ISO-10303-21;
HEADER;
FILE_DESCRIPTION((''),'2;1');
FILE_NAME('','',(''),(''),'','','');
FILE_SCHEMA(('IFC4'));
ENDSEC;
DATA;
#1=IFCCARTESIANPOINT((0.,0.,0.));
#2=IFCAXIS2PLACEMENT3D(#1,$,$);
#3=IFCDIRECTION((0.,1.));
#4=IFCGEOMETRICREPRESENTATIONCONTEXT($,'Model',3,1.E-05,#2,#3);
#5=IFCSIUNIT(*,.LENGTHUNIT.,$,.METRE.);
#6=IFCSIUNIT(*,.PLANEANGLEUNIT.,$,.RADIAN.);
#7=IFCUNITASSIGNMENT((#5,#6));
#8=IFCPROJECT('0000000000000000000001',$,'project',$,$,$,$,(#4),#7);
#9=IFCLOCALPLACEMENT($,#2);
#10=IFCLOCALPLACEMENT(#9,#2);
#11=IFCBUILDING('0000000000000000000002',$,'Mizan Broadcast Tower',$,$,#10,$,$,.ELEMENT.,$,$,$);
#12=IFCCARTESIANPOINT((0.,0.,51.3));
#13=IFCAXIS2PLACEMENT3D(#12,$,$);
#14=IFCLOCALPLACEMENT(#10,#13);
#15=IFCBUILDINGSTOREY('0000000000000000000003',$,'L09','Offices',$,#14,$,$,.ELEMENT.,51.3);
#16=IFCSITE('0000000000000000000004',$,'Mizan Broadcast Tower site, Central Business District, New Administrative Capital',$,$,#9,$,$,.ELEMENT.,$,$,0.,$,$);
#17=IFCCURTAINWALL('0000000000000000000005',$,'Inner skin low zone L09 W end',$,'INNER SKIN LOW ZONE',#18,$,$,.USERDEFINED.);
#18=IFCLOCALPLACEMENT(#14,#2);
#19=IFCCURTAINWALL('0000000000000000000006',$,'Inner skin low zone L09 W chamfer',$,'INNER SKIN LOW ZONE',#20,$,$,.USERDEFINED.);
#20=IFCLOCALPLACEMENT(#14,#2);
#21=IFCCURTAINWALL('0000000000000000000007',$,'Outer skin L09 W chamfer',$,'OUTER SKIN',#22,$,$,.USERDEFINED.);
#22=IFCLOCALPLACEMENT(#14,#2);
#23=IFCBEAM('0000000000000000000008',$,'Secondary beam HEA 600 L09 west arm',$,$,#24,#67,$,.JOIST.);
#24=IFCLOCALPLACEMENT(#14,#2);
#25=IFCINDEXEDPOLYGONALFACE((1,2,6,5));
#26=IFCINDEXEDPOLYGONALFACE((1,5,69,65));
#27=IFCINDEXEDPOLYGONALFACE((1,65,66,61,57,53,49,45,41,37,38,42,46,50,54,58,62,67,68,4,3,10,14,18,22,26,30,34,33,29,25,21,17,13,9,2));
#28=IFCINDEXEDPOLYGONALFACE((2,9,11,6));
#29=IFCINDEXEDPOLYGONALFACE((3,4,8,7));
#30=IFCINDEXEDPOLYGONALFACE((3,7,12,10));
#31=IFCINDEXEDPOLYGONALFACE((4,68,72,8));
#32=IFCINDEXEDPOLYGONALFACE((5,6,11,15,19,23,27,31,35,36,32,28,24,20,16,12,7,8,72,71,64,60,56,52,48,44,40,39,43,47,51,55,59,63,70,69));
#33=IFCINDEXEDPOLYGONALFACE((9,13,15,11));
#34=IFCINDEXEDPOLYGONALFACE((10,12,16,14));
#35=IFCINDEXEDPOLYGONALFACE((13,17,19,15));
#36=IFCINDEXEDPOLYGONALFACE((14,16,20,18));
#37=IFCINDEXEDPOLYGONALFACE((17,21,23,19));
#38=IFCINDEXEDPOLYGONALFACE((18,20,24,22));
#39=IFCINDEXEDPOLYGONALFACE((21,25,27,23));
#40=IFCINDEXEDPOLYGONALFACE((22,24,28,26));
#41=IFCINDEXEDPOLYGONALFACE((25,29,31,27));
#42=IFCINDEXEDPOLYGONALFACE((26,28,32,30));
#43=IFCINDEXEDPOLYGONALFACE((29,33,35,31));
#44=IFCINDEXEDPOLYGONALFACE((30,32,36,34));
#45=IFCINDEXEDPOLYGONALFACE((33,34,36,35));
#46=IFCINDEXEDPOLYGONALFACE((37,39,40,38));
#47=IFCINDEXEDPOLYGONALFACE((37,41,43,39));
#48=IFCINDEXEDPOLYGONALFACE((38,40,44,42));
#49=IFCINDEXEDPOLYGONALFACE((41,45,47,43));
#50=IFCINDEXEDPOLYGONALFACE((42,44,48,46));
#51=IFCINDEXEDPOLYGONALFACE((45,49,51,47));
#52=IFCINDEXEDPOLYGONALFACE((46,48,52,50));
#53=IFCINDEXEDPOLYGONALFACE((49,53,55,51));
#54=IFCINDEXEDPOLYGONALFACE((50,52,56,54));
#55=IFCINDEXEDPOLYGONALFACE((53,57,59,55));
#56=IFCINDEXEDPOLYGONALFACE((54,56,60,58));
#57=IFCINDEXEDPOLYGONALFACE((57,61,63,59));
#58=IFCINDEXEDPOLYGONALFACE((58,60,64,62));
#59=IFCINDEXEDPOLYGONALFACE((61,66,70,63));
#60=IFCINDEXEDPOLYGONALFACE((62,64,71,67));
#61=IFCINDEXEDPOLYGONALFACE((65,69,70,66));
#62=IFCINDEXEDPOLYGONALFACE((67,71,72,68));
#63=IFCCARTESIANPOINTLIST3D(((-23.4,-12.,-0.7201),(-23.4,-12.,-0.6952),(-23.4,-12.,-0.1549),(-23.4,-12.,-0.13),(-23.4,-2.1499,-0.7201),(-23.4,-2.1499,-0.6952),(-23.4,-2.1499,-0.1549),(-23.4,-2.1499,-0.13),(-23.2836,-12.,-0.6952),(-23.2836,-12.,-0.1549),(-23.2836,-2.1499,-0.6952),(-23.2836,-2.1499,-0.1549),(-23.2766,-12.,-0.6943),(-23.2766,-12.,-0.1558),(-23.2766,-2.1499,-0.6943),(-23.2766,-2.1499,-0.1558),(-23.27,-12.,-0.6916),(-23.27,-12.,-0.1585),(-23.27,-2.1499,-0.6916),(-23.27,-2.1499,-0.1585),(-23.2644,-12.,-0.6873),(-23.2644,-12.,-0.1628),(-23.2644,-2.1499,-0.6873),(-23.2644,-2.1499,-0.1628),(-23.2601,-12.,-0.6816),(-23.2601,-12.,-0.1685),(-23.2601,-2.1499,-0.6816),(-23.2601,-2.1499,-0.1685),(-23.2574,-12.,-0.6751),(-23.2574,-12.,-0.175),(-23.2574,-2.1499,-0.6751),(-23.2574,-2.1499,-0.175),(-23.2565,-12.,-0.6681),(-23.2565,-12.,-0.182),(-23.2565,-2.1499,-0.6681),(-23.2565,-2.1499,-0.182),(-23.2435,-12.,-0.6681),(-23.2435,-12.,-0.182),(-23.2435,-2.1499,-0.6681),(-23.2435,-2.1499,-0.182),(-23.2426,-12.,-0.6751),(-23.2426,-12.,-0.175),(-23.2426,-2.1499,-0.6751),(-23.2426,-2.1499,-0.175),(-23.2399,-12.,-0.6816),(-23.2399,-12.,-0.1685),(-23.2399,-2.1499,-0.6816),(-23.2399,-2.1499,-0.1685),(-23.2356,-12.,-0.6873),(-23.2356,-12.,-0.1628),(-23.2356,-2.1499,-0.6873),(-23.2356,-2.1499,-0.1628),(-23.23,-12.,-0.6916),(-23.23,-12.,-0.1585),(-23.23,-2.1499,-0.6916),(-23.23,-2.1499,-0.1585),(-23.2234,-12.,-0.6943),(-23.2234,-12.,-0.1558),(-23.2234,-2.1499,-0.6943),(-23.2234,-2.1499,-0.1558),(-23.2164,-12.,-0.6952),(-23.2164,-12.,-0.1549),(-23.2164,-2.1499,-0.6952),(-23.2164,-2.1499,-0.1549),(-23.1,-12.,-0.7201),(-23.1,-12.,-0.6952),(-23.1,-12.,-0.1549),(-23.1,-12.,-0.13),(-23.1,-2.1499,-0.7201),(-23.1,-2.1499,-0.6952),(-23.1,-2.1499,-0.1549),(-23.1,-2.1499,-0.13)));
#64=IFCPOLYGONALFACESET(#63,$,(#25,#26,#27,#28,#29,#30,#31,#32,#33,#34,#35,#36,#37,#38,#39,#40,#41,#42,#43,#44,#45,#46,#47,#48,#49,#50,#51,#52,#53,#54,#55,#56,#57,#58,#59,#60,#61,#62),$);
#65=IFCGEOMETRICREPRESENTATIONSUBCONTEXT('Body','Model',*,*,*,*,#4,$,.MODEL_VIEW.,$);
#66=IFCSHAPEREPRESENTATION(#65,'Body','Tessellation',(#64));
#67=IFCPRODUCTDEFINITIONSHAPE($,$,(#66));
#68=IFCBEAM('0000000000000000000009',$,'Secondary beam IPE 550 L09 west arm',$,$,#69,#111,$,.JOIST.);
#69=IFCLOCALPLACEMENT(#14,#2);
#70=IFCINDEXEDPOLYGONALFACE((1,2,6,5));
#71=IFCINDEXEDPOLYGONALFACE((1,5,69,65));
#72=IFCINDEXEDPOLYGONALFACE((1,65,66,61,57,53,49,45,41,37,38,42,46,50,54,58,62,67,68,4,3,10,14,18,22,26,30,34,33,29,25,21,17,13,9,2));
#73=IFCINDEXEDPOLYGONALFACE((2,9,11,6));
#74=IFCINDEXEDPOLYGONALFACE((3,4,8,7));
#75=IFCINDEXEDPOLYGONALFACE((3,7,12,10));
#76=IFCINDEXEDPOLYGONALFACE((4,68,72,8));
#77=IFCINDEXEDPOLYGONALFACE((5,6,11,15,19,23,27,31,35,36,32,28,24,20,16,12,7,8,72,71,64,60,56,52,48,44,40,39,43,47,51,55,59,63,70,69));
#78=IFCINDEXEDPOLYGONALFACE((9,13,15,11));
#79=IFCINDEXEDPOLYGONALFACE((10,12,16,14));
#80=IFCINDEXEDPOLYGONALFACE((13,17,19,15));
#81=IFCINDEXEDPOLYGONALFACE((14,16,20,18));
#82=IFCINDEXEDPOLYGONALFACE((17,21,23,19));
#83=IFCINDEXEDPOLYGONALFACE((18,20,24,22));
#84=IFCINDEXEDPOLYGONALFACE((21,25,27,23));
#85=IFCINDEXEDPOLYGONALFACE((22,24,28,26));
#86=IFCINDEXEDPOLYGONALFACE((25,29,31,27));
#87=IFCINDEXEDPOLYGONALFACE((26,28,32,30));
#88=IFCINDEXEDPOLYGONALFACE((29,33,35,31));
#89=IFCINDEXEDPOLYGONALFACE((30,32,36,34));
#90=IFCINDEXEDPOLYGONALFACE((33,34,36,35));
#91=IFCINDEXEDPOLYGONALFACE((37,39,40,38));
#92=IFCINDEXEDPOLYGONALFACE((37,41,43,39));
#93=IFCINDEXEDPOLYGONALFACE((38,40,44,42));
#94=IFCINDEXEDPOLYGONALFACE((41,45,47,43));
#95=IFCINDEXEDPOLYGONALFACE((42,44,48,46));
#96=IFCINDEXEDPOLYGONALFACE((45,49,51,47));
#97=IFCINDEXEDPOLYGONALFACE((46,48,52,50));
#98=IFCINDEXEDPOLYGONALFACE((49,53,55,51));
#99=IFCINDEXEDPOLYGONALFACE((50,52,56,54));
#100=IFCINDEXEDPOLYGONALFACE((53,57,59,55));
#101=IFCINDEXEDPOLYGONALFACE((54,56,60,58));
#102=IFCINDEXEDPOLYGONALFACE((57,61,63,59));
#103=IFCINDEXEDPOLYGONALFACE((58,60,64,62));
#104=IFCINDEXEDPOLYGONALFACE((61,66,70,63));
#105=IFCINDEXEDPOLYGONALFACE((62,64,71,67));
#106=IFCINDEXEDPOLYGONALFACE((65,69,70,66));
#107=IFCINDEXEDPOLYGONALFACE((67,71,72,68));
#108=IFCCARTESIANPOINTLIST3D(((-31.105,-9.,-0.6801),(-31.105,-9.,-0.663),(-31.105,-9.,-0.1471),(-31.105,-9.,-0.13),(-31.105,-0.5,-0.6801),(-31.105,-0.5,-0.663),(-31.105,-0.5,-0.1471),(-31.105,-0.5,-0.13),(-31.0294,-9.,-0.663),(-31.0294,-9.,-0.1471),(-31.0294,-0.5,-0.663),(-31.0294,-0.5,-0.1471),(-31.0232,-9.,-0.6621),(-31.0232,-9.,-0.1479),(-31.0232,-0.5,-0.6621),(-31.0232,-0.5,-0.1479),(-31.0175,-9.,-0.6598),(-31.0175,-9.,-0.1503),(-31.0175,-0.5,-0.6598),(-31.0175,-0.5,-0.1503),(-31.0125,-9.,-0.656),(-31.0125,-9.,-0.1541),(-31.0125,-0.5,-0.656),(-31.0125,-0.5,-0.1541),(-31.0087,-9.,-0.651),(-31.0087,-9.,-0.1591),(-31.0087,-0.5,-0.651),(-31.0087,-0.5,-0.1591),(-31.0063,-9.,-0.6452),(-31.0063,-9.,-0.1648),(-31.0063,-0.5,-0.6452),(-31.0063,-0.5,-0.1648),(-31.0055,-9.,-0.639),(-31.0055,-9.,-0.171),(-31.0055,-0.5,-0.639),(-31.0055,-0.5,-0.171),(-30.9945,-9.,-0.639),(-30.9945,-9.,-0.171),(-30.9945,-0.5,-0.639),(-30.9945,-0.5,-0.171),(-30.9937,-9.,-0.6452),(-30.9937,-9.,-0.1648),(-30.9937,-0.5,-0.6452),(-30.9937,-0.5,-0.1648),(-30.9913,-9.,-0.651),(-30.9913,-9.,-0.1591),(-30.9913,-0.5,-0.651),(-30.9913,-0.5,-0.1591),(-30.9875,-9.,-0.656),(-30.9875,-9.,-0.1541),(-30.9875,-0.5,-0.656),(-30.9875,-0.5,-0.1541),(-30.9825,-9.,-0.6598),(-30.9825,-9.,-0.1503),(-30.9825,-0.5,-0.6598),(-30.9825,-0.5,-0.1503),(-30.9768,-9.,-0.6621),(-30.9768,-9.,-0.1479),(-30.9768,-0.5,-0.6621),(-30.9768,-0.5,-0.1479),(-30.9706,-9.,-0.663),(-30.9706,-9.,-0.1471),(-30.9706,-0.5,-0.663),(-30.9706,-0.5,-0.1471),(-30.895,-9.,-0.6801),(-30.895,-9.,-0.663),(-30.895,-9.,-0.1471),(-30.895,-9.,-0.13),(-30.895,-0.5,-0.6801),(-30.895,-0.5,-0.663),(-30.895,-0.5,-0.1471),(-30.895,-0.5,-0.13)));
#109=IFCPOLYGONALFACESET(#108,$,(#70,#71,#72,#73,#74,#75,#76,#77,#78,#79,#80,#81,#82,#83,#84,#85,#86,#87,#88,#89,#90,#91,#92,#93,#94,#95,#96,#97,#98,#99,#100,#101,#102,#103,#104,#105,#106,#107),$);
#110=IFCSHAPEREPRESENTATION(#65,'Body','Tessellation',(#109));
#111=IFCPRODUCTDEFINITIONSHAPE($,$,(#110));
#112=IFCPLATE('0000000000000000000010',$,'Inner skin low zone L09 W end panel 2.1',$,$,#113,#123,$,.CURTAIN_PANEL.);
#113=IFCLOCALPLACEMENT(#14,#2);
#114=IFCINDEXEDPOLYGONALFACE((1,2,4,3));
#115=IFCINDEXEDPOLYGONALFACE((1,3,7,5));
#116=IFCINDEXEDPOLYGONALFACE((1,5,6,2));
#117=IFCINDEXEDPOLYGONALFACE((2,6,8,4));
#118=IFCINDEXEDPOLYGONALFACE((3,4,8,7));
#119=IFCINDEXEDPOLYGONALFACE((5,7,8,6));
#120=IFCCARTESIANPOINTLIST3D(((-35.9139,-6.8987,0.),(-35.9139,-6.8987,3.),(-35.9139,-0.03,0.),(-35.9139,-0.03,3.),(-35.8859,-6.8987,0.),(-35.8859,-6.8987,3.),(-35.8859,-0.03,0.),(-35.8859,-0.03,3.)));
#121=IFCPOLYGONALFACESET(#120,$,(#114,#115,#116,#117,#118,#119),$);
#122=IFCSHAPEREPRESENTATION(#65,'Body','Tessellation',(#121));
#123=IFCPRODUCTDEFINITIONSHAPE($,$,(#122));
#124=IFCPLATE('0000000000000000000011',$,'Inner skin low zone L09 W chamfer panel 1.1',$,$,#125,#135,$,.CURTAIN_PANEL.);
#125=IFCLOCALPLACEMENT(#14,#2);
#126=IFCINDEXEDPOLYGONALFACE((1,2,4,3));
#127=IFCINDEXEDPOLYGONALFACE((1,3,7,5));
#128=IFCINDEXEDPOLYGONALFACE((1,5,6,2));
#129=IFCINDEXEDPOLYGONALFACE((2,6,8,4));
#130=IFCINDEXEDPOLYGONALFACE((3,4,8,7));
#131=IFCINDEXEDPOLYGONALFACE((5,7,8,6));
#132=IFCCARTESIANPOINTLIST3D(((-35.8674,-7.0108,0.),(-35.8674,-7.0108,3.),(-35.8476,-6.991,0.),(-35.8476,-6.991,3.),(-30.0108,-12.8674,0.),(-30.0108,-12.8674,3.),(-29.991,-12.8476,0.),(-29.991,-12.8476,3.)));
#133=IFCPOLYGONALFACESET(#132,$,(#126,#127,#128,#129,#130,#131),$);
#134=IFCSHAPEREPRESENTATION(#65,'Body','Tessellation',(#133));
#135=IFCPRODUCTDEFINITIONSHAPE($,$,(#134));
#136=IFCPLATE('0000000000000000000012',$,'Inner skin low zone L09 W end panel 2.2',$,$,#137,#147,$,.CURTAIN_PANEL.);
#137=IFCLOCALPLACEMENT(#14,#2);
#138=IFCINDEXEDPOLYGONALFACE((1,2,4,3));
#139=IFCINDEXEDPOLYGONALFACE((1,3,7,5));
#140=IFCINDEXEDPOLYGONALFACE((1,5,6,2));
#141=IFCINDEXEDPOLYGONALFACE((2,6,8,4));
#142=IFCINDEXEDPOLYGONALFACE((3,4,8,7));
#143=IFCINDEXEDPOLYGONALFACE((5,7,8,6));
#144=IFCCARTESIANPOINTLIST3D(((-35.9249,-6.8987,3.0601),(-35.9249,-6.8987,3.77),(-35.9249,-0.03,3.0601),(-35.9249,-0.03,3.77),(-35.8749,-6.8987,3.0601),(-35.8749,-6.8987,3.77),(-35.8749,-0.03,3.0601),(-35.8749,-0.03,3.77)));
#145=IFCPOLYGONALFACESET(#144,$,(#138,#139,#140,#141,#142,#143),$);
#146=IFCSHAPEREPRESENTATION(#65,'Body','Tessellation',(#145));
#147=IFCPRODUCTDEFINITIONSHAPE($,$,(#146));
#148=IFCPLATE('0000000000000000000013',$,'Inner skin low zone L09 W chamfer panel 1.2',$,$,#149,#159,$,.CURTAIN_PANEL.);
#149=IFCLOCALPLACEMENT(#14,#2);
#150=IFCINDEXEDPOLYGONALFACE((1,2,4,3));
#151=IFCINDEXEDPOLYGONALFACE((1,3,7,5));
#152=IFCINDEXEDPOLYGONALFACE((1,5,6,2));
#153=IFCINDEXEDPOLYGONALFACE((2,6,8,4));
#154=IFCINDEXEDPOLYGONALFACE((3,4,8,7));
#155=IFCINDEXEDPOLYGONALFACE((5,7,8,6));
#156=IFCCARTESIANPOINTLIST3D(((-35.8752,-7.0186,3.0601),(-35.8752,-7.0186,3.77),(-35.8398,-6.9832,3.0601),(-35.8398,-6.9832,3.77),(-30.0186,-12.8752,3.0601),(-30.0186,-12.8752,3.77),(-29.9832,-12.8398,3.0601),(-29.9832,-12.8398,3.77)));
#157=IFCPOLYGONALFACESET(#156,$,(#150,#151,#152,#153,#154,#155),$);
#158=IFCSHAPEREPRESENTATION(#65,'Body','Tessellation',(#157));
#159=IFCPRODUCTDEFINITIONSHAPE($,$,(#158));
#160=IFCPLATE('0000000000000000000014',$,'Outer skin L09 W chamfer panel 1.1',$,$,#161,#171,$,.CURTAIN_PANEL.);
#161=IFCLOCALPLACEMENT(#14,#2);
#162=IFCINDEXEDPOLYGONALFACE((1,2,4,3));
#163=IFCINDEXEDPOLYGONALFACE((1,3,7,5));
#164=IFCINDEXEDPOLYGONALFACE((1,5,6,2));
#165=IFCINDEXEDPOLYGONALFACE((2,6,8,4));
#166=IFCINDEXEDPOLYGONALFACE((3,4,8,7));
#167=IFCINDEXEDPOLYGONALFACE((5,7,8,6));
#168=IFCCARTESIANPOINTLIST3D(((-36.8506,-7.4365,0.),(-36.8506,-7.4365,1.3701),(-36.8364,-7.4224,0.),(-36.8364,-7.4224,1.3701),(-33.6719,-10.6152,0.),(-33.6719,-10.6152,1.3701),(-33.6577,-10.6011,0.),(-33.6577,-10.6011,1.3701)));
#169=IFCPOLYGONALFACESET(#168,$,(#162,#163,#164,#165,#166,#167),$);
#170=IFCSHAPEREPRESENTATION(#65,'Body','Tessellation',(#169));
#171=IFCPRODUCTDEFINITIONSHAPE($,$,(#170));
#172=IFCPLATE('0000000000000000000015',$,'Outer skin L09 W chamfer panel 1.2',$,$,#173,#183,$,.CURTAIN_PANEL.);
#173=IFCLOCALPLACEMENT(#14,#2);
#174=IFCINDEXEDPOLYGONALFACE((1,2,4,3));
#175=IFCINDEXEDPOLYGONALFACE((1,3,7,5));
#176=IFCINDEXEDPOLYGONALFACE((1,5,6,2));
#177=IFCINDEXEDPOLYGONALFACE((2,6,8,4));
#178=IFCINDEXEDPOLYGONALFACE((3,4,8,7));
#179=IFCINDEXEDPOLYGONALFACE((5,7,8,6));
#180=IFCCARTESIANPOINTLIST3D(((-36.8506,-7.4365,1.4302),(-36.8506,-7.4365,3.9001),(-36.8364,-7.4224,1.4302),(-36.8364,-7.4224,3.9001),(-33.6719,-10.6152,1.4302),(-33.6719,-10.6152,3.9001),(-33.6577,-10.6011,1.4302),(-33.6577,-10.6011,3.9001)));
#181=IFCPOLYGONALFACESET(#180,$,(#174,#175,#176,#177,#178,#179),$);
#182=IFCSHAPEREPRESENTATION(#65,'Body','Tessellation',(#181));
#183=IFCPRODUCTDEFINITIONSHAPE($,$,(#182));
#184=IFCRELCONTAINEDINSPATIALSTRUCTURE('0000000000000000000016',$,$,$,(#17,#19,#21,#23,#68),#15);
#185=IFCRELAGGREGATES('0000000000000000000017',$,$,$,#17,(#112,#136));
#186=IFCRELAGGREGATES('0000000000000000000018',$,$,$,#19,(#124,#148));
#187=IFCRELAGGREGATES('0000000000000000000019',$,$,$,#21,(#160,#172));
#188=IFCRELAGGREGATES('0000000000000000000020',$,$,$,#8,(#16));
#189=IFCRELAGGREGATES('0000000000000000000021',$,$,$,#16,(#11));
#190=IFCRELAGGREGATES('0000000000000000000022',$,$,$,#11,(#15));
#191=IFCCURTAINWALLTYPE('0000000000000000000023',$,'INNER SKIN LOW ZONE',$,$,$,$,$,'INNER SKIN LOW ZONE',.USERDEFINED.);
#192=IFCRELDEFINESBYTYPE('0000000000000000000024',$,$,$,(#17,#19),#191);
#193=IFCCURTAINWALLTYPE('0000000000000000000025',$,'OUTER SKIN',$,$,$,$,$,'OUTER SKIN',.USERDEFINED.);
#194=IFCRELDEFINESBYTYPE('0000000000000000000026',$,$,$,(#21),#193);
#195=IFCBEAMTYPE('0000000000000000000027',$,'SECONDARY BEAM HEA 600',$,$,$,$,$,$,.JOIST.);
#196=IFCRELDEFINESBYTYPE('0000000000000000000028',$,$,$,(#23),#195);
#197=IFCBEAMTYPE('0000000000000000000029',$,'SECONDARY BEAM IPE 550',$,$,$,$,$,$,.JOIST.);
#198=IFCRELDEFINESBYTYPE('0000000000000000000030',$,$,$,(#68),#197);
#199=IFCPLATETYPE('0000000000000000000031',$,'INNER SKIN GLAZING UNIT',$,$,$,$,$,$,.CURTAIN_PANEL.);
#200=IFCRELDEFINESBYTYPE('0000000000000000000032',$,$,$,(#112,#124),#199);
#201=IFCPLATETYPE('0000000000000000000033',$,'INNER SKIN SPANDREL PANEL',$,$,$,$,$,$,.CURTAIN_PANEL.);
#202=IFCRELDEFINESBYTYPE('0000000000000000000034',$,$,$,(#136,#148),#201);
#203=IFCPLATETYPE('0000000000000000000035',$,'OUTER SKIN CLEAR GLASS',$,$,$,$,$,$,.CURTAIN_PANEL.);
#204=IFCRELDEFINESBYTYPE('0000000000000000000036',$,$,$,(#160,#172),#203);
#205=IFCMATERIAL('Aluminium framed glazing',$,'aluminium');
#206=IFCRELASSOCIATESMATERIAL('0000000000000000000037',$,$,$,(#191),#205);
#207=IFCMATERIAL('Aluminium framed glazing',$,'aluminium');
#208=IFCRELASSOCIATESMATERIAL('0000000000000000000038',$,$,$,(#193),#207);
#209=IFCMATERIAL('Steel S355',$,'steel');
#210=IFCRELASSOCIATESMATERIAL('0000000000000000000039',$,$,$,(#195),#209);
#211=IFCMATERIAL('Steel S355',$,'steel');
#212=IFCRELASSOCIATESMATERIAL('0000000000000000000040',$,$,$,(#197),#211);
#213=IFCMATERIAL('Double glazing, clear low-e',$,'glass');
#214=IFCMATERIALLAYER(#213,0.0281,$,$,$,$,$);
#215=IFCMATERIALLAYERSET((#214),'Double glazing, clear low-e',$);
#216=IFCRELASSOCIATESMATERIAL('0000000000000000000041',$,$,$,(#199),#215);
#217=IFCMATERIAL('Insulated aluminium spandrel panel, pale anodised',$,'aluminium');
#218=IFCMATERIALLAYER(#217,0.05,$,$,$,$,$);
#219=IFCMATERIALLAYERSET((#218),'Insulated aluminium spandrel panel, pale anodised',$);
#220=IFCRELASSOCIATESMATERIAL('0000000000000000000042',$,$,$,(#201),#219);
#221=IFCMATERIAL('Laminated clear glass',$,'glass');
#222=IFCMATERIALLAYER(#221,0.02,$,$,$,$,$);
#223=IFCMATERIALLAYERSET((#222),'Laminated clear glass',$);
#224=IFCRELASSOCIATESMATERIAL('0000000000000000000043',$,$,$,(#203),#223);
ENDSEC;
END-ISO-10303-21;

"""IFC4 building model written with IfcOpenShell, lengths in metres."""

from ifc_helpers import new_model, si_unit, direction, frame, origin, origin_2d, place, context, subcontext, project, spatial, rectangle, i_section, extrude, material, layer, layer_set, material_profile, profile_set, type_object, element, aggregate, save


model = new_model("IFC4")

# Units and contexts
model_context = context("Model", 3, precision=1e-05, world=origin(), true_north=direction((0.0, 1.0)))
body_context = subcontext(model_context, "Body", "Model", "MODEL_VIEW")
ifc_project = project(units=[si_unit("LENGTHUNIT", "METRE"), si_unit("PLANEANGLEUNIT", "RADIAN")], contexts=[model_context])

# Site, building, storey
site_placement = place(None, origin())
site = spatial("IfcSite", under=ifc_project, at=site_placement, Name="Mizan Broadcast Tower site, Central Business District, New Administrative Capital", CompositionType="ELEMENT", RefElevation=0.0)
building_placement = place(site_placement, origin())
building = spatial("IfcBuilding", under=site, at=building_placement, Name="Mizan Broadcast Tower", CompositionType="ELEMENT")
storey_placement = place(building_placement, frame((0.0, 0.0, 51.3)))
storey = spatial("IfcBuildingStorey", under=building, at=storey_placement, Name="L09", Description="Offices", CompositionType="ELEMENT", Elevation=51.3)

# Curtain walls
ifc_material_1 = material(Name="Aluminium framed glazing", Category="aluminium")
curtain_wall_type_1 = type_object("IfcCurtainWallType", Name="INNER SKIN LOW ZONE", ElementType="INNER SKIN LOW ZONE", PredefinedType="USERDEFINED", material=ifc_material_1)
curtain_wall_1_placement = place(storey_placement, origin())
curtain_wall_1 = element("IfcCurtainWall", 1, at=curtain_wall_1_placement, inside=storey, type_object=curtain_wall_type_1, Name="Inner skin low zone L09 W end", ObjectType="INNER SKIN LOW ZONE", PredefinedType="USERDEFINED")
curtain_wall_2_placement = place(storey_placement, origin())
curtain_wall_2 = element("IfcCurtainWall", 2, at=curtain_wall_2_placement, inside=storey, type_object=curtain_wall_type_1, Name="Inner skin low zone L09 W chamfer", ObjectType="INNER SKIN LOW ZONE", PredefinedType="USERDEFINED")
ifc_material_2 = material(Name="Aluminium framed glazing", Category="aluminium")
curtain_wall_type_2 = type_object("IfcCurtainWallType", Name="OUTER SKIN", ElementType="OUTER SKIN", PredefinedType="USERDEFINED", material=ifc_material_2)
curtain_wall_3_placement = place(storey_placement, origin())
curtain_wall_3 = element("IfcCurtainWall", 3, at=curtain_wall_3_placement, inside=storey, type_object=curtain_wall_type_2, Name="Outer skin L09 W chamfer", ObjectType="OUTER SKIN", PredefinedType="USERDEFINED")

# Beams
ifc_material_3 = material(Name="Steel S355", Category="steel")
ifc_material_profile_1 = material_profile(ifc_material_3, i_section(OverallWidth=0.3, OverallDepth=0.5901, WebThickness=0.0129, FlangeThickness=0.0249, FilletRadius=0.0271, at=origin_2d()), Name="HEA 600")
ifc_profile_set_1 = profile_set([ifc_material_profile_1], Name="Steel S355")
beam_type_1 = type_object("IfcBeamType", Name="SECONDARY BEAM HEA 600", PredefinedType="JOIST", material=ifc_profile_set_1)
for number, where, z_axis, x_axis, name in (
    (4, (-23.25, -12.0, -0.425), (0.0, 1.0, 0.0), (-1.0, 0.0, 0.0), "Secondary beam HEA 600 L09 west arm"),
):
    element("IfcBeam", number, at=place(storey_placement, frame(where, z_axis=z_axis, x_axis=x_axis)), inside=storey, type_object=beam_type_1, Name=name, PredefinedType="JOIST", context=body_context, shape_type="SweptSolid", body=[
        extrude(i_section(OverallWidth=0.3, OverallDepth=0.5901, WebThickness=0.0129, FlangeThickness=0.0249, FilletRadius=0.0271, at=origin_2d()), origin(), (0.0, 0.0, 1.0), 9.8501),
    ])
ifc_material_4 = material(Name="Steel S355", Category="steel")
ifc_material_profile_2 = material_profile(ifc_material_4, i_section(OverallWidth=0.21, OverallDepth=0.55, WebThickness=0.011, FlangeThickness=0.0171, FilletRadius=0.0239, at=origin_2d()), Name="IPE 550")
ifc_profile_set_2 = profile_set([ifc_material_profile_2], Name="Steel S355")
beam_type_2 = type_object("IfcBeamType", Name="SECONDARY BEAM IPE 550", PredefinedType="JOIST", material=ifc_profile_set_2)
beam_1_placement = place(storey_placement, frame((-31.0, -9.0, -0.405), z_axis=(0.0, 1.0, 0.0), x_axis=(-1.0, 0.0, 0.0)))
element("IfcBeam", 5, at=beam_1_placement, inside=storey, type_object=beam_type_2, Name="Secondary beam IPE 550 L09 west arm", PredefinedType="JOIST", context=body_context, shape_type="SweptSolid", body=[
    extrude(i_section(OverallWidth=0.21, OverallDepth=0.55, WebThickness=0.011, FlangeThickness=0.0171, FilletRadius=0.0239, at=origin_2d()), origin(), (0.0, 0.0, 1.0), 8.5),
])

# Plates
ifc_material_5 = material(Name="Double glazing, clear low-e", Category="glass")
ifc_layer_1 = layer(ifc_material_5, 0.0281)
ifc_layer_set_1 = layer_set([ifc_layer_1], Name="Double glazing, clear low-e")
plate_type_1 = type_object("IfcPlateType", Name="INNER SKIN GLAZING UNIT", PredefinedType="CURTAIN_PANEL", material=ifc_layer_set_1)
plate_1_placement = place(storey_placement, frame((-35.8999, -3.4644, 0.0), z_axis=(0.0, 0.0, 1.0), x_axis=(0.0, -1.0, 0.0)))
plate_1 = element("IfcPlate", 6, at=plate_1_placement, type_object=plate_type_1, Name="Inner skin low zone L09 W end panel 2.1", PredefinedType="CURTAIN_PANEL", context=body_context, shape_type="SweptSolid", body=[
    extrude(rectangle(XDim=6.8687, YDim=0.0281, at=origin_2d()), origin(), (0.0, 0.0, 1.0), 3.0),
])
plate_2_placement = place(storey_placement, frame((-32.9292, -9.9292, 0.0), z_axis=(0.0, 0.0, 1.0), x_axis=(0.707107, -0.707107, 0.0)))
plate_2 = element("IfcPlate", 7, at=plate_2_placement, type_object=plate_type_1, Name="Inner skin low zone L09 W chamfer panel 1.1", PredefinedType="CURTAIN_PANEL", context=body_context, shape_type="SweptSolid", body=[
    extrude(rectangle(XDim=8.2825, YDim=0.0281, at=origin_2d()), origin(), (0.0, 0.0, 1.0), 3.0),
])
ifc_material_6 = material(Name="Insulated aluminium spandrel panel, pale anodised", Category="aluminium")
ifc_layer_2 = layer(ifc_material_6, 0.05)
ifc_layer_set_2 = layer_set([ifc_layer_2], Name="Insulated aluminium spandrel panel, pale anodised")
plate_type_2 = type_object("IfcPlateType", Name="INNER SKIN SPANDREL PANEL", PredefinedType="CURTAIN_PANEL", material=ifc_layer_set_2)
plate_3_placement = place(storey_placement, frame((-35.8999, -3.4644, 3.0601), z_axis=(0.0, 0.0, 1.0), x_axis=(0.0, -1.0, 0.0)))
plate_3 = element("IfcPlate", 8, at=plate_3_placement, type_object=plate_type_2, Name="Inner skin low zone L09 W end panel 2.2", PredefinedType="CURTAIN_PANEL", context=body_context, shape_type="SweptSolid", body=[
    extrude(rectangle(XDim=6.8687, YDim=0.05, at=origin_2d()), origin(), (0.0, 0.0, 1.0), 0.71),
])
aggregate(curtain_wall_1, [plate_1, plate_3])
plate_4_placement = place(storey_placement, frame((-32.9292, -9.9292, 3.0601), z_axis=(0.0, 0.0, 1.0), x_axis=(0.707107, -0.707107, 0.0)))
plate_4 = element("IfcPlate", 9, at=plate_4_placement, type_object=plate_type_2, Name="Inner skin low zone L09 W chamfer panel 1.2", PredefinedType="CURTAIN_PANEL", context=body_context, shape_type="SweptSolid", body=[
    extrude(rectangle(XDim=8.2825, YDim=0.05, at=origin_2d()), origin(), (0.0, 0.0, 1.0), 0.71),
])
aggregate(curtain_wall_2, [plate_2, plate_4])
ifc_material_7 = material(Name="Laminated clear glass", Category="glass")
ifc_layer_3 = layer(ifc_material_7, 0.02)
ifc_layer_set_3 = layer_set([ifc_layer_3], Name="Laminated clear glass")
plate_type_3 = type_object("IfcPlateType", Name="OUTER SKIN CLEAR GLASS", PredefinedType="CURTAIN_PANEL", material=ifc_layer_set_3)
plate_5_placement = place(storey_placement, frame((-35.2542, -9.0188, 0.0), z_axis=(0.0, 0.0, 1.0), x_axis=(0.707107, -0.707107, 0.0)))
plate_5 = element("IfcPlate", 10, at=plate_5_placement, type_object=plate_type_3, Name="Outer skin L09 W chamfer panel 1.1", PredefinedType="CURTAIN_PANEL", context=body_context, shape_type="SweptSolid", body=[
    extrude(rectangle(XDim=4.4954, YDim=0.02, at=origin_2d()), origin(), (0.0, 0.0, 1.0), 1.3701),
])
plate_6_placement = place(storey_placement, frame((-35.2542, -9.0188, 1.4302), z_axis=(0.0, 0.0, 1.0), x_axis=(0.707107, -0.707107, 0.0)))
plate_6 = element("IfcPlate", 11, at=plate_6_placement, type_object=plate_type_3, Name="Outer skin L09 W chamfer panel 1.2", PredefinedType="CURTAIN_PANEL", context=body_context, shape_type="SweptSolid", body=[
    extrude(rectangle(XDim=4.4954, YDim=0.02, at=origin_2d()), origin(), (0.0, 0.0, 1.0), 2.47),
])
aggregate(curtain_wall_3, [plate_5, plate_6])

save(model, "model.ifc")
